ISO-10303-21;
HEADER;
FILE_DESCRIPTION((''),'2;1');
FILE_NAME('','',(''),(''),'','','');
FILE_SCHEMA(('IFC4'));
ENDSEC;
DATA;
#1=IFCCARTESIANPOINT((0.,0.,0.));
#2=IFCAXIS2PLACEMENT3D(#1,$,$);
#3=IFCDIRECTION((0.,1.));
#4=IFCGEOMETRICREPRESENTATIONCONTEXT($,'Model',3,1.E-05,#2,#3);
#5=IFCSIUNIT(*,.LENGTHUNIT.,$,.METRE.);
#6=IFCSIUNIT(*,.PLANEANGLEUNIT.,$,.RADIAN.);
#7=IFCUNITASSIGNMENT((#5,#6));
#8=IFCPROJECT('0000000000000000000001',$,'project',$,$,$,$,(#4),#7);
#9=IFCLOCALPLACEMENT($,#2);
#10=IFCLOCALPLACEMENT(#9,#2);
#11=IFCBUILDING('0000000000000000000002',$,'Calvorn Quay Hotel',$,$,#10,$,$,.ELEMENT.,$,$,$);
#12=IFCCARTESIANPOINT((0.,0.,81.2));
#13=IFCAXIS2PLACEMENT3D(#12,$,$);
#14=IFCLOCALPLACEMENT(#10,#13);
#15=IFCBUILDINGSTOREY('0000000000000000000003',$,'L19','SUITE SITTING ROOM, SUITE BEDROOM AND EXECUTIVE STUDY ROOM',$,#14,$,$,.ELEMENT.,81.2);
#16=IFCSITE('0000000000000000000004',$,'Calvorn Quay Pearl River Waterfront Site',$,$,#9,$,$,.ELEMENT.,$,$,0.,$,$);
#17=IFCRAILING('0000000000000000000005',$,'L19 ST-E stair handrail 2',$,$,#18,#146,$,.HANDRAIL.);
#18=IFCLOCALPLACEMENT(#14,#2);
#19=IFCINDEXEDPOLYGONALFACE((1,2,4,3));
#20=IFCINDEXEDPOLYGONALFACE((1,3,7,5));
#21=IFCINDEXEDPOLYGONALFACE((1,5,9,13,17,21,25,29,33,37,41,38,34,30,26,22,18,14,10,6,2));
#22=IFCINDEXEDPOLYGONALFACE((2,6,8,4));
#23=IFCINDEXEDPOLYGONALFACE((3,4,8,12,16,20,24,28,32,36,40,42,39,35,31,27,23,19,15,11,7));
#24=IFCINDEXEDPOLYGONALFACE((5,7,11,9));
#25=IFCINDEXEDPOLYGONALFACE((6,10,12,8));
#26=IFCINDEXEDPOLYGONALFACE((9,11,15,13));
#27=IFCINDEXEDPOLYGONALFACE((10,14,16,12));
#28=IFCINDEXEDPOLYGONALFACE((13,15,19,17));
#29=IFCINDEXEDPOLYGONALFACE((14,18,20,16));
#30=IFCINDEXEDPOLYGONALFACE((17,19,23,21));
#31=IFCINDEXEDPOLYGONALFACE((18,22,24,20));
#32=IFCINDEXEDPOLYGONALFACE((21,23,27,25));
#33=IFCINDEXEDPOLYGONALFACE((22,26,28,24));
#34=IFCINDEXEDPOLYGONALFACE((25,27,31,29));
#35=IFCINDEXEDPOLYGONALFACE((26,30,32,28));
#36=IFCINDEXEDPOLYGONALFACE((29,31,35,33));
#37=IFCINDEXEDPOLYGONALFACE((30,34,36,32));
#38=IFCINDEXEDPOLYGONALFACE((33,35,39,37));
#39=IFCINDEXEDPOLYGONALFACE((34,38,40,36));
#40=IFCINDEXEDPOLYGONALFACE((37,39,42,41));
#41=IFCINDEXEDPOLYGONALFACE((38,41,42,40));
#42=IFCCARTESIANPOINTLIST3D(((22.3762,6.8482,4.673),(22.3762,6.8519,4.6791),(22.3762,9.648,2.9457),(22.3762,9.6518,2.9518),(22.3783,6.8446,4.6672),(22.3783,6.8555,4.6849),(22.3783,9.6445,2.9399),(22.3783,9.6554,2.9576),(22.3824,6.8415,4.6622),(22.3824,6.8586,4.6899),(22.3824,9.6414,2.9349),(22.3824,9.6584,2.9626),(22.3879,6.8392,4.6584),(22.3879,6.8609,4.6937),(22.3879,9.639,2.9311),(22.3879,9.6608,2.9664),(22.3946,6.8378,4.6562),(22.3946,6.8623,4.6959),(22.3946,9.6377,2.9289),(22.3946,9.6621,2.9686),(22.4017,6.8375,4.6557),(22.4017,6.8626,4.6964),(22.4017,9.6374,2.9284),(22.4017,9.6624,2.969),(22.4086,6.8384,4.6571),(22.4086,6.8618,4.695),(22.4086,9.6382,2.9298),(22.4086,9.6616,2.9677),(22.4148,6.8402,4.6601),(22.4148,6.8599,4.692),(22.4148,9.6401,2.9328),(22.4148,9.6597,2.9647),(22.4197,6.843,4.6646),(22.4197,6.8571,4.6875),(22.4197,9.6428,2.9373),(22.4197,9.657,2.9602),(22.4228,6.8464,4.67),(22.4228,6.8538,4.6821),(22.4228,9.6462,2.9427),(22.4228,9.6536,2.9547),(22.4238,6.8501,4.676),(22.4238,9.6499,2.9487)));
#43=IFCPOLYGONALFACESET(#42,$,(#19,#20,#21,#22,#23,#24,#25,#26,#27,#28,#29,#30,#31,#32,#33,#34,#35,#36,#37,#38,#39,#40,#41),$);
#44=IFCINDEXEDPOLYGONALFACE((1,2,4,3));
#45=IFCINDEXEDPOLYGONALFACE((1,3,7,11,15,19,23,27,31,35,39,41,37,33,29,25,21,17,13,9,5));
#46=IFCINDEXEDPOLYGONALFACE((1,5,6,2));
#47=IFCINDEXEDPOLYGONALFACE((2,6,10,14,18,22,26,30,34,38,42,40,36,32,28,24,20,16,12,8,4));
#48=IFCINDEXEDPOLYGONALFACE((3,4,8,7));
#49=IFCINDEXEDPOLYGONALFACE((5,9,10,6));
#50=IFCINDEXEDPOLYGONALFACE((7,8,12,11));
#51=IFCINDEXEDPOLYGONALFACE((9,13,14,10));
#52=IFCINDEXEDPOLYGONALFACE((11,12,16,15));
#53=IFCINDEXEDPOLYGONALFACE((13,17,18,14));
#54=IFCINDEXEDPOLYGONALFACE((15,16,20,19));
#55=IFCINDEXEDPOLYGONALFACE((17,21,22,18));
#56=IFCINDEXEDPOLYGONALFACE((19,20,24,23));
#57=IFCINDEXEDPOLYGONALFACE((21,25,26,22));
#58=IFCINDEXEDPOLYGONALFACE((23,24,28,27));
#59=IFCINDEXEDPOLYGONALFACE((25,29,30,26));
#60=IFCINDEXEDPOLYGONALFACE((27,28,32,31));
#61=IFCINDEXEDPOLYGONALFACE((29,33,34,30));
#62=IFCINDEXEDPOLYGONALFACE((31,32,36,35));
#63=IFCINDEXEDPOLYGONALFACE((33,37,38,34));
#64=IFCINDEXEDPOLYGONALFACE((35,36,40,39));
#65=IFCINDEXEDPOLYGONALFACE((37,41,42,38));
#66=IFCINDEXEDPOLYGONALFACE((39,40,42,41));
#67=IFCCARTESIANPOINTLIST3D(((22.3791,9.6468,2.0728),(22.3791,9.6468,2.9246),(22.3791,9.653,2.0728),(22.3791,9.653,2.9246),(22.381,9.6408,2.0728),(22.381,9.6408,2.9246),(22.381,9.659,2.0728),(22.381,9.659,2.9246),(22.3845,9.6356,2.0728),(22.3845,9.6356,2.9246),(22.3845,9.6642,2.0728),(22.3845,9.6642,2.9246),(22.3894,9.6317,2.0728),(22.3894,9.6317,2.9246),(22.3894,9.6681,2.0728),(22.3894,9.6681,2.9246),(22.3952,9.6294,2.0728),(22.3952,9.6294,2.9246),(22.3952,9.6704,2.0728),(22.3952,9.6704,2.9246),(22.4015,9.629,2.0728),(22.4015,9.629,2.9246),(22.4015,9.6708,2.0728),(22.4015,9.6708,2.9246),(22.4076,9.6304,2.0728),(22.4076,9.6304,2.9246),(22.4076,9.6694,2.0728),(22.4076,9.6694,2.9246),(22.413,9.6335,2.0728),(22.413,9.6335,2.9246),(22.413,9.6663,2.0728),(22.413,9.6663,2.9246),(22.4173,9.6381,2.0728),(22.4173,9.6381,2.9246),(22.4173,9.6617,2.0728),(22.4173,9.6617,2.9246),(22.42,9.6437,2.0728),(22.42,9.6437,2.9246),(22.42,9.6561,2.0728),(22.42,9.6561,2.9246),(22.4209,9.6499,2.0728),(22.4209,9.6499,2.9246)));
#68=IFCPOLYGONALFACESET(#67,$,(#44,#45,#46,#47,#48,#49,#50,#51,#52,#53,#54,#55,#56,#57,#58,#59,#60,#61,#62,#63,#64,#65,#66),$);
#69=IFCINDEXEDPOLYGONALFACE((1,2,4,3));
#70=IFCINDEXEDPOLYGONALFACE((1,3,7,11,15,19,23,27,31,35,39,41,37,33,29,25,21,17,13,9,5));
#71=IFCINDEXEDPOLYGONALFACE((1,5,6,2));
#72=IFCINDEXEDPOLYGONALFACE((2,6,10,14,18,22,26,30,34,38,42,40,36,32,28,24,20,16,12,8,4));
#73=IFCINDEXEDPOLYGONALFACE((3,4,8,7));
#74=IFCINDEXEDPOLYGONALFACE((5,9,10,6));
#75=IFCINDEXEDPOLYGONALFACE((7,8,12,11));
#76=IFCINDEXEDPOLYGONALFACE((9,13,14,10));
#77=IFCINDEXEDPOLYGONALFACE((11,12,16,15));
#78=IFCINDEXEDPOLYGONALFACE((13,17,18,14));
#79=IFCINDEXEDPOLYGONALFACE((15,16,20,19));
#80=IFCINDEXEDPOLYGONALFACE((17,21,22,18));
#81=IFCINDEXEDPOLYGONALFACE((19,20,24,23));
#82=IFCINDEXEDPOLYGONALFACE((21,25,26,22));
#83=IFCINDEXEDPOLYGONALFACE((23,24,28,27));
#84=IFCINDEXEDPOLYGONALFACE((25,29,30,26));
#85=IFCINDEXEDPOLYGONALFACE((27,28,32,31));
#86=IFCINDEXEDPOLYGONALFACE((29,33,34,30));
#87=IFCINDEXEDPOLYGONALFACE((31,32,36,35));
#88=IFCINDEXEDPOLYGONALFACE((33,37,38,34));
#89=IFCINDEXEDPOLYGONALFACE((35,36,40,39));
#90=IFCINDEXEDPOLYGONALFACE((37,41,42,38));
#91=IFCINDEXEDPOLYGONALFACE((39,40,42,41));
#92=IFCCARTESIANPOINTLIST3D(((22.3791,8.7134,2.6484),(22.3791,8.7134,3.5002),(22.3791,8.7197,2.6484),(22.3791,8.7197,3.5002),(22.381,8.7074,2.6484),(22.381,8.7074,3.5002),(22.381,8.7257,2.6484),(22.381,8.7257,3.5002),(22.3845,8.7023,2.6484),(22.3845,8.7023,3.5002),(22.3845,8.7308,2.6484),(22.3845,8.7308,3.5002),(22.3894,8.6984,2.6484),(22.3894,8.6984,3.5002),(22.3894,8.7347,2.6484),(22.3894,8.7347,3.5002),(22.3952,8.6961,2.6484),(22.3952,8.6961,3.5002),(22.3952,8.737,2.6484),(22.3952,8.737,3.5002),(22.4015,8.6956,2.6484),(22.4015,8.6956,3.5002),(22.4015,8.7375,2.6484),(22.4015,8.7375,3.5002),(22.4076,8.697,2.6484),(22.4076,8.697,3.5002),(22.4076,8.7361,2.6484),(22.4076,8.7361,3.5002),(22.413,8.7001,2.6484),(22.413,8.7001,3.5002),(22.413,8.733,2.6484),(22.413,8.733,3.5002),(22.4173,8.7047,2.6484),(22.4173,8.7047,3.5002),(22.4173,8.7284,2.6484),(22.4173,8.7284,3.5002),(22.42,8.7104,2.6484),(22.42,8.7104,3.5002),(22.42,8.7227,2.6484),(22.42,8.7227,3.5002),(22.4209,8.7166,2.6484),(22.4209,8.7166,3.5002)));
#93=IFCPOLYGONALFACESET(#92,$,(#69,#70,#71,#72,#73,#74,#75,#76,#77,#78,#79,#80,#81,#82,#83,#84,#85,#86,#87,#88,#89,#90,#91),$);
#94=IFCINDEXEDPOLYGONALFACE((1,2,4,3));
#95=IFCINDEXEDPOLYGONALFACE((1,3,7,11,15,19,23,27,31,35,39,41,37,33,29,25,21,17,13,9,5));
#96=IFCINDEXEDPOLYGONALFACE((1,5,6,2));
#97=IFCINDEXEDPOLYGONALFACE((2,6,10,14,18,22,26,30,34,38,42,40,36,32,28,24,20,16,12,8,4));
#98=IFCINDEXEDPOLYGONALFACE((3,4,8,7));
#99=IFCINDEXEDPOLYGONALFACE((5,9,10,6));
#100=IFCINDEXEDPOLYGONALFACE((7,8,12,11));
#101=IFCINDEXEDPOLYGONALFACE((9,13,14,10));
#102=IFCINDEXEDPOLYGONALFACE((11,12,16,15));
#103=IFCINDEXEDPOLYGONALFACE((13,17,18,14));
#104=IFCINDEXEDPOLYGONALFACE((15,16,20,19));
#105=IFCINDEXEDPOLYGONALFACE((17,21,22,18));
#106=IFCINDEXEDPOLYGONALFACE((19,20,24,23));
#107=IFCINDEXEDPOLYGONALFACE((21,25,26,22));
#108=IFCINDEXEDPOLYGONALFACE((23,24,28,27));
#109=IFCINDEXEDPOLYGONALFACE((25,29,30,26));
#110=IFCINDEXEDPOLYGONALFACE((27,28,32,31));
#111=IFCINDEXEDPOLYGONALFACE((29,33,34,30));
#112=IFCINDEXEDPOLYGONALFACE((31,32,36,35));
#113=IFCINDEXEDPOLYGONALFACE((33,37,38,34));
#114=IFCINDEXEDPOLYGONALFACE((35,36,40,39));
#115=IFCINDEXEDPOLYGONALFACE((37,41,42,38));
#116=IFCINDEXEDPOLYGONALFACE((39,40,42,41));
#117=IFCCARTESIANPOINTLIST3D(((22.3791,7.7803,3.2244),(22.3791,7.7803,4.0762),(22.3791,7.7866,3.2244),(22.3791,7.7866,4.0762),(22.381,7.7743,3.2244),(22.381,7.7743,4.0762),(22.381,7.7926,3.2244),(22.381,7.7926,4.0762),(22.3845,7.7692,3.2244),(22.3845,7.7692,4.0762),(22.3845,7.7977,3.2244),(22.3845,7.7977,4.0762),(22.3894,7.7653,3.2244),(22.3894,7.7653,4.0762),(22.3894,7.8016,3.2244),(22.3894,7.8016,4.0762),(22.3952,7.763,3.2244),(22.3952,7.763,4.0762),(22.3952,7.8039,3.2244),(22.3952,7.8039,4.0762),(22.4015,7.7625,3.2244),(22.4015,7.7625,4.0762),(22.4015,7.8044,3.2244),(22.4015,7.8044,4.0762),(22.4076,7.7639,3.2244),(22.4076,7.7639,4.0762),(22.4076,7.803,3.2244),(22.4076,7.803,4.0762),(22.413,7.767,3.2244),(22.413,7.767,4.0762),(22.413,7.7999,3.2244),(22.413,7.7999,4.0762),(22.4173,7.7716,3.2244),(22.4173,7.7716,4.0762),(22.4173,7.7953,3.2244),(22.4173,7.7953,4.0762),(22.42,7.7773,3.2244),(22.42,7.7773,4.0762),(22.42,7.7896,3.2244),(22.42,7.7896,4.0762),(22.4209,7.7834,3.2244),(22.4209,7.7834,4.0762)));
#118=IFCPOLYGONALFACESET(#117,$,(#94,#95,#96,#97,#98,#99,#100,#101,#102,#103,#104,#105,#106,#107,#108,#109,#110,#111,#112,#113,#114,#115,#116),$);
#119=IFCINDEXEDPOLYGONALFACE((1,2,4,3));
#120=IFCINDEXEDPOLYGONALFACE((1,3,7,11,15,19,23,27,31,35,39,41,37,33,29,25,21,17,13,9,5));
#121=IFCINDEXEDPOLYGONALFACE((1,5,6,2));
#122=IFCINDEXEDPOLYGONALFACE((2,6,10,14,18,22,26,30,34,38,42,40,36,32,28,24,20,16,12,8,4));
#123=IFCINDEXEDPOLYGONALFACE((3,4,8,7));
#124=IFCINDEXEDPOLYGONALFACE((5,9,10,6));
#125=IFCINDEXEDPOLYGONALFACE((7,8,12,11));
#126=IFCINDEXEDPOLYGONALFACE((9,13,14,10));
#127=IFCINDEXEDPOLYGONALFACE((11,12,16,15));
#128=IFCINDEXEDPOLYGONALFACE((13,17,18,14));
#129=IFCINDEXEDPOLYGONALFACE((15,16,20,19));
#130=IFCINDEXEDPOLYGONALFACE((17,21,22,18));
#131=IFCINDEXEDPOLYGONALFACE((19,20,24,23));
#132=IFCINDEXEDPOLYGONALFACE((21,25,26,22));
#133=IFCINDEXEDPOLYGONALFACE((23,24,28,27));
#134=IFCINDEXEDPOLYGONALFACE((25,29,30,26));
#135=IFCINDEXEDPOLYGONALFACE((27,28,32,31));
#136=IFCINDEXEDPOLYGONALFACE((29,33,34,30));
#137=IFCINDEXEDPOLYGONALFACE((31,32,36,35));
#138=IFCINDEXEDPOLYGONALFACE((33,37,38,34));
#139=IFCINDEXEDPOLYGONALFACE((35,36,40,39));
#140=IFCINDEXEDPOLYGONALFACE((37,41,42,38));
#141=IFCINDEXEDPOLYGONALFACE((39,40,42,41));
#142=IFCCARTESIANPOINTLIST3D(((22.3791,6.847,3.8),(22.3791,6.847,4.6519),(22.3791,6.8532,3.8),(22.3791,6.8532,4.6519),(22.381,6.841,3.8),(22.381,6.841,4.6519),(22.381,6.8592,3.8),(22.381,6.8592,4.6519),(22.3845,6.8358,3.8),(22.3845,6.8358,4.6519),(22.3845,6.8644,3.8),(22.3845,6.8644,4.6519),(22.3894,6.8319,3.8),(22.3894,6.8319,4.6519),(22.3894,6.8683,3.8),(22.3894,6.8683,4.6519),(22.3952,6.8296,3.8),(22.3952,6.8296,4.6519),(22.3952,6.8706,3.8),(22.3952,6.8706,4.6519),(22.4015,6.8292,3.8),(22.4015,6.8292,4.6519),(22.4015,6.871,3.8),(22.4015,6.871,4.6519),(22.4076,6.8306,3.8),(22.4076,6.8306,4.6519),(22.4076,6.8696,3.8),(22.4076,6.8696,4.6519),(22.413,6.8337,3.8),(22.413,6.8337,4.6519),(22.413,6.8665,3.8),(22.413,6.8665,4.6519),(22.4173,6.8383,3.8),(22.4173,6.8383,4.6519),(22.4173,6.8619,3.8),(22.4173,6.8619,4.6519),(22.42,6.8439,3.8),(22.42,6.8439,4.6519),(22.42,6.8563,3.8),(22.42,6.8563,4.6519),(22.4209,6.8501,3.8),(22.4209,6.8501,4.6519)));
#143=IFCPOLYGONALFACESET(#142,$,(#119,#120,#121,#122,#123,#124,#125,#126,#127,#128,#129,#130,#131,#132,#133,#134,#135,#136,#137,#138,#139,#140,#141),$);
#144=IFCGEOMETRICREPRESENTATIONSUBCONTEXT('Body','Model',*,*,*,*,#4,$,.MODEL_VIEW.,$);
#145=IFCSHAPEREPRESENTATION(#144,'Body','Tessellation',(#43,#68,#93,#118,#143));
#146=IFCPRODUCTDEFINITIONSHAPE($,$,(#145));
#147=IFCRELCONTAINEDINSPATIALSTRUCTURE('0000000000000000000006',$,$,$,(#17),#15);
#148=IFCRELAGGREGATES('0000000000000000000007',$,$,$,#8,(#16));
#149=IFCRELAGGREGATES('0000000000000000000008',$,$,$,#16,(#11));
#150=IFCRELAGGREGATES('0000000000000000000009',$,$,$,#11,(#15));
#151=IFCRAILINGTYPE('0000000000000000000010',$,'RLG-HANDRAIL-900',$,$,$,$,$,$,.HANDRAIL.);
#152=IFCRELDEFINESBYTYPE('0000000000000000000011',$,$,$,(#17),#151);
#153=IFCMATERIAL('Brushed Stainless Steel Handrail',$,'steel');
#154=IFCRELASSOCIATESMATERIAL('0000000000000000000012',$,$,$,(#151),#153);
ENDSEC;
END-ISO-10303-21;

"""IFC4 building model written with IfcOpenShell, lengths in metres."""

from ifc_helpers import new_model, si_unit, direction, frame, origin, origin_2d, place, context, subcontext, project, spatial, circle, extrude, material, type_object, element, save


model = new_model("IFC4")

# Units and contexts
model_context = context("Model", 3, precision=1e-05, world=origin(), true_north=direction((0.0, 1.0)))
body_context = subcontext(model_context, "Body", "Model", "MODEL_VIEW")
ifc_project = project(units=[si_unit("LENGTHUNIT", "METRE"), si_unit("PLANEANGLEUNIT", "RADIAN")], contexts=[model_context])

# Site, building, storey
site_placement = place(None, origin())
site = spatial("IfcSite", under=ifc_project, at=site_placement, Name="Calvorn Quay Pearl River Waterfront Site", CompositionType="ELEMENT", RefElevation=0.0)
building_placement = place(site_placement, origin())
building = spatial("IfcBuilding", under=site, at=building_placement, Name="Calvorn Quay Hotel", CompositionType="ELEMENT")
storey_placement = place(building_placement, frame((0.0, 0.0, 81.2)))
storey = spatial("IfcBuildingStorey", under=building, at=storey_placement, Name="L19", Description="SUITE SITTING ROOM, SUITE BEDROOM AND EXECUTIVE STUDY ROOM", CompositionType="ELEMENT", Elevation=81.2)

# Railing
ifc_material_1 = material(Name="Brushed Stainless Steel Handrail", Category="steel")
railing_type_1 = type_object("IfcRailingType", Name="RLG-HANDRAIL-900", PredefinedType="HANDRAIL", material=ifc_material_1)
railing_1_placement = place(storey_placement, frame((22.3999, 9.6499, 2.0728)))
element("IfcRailing", 1, at=railing_1_placement, inside=storey, type_object=railing_type_1, Name="L19 ST-E stair handrail 2", PredefinedType="HANDRAIL", context=body_context, shape_type="SweptSolid", body=[
    extrude(circle(Radius=0.0239, at=origin_2d()), frame((0.0, 0.0, 0.876), z_axis=(0.0, -0.851069, 0.525054), x_axis=(1.0, 0.0, 0.0)), (0.0, 0.0, 1.0), 3.2898),
    extrude(circle(Radius=0.021, at=origin_2d()), origin(), (0.0, 0.0, 1.0), 0.8518),
    extrude(circle(Radius=0.021, at=origin_2d()), frame((0.0, -0.9333, 0.5757)), (0.0, 0.0, 1.0), 0.8518),
    extrude(circle(Radius=0.021, at=origin_2d()), frame((0.0, -1.8665, 1.1516)), (0.0, 0.0, 1.0), 0.8518),
    extrude(circle(Radius=0.021, at=origin_2d()), frame((0.0, -2.7998, 1.7273)), (0.0, 0.0, 1.0), 0.8518),
])

save(model, "model.ifc")
